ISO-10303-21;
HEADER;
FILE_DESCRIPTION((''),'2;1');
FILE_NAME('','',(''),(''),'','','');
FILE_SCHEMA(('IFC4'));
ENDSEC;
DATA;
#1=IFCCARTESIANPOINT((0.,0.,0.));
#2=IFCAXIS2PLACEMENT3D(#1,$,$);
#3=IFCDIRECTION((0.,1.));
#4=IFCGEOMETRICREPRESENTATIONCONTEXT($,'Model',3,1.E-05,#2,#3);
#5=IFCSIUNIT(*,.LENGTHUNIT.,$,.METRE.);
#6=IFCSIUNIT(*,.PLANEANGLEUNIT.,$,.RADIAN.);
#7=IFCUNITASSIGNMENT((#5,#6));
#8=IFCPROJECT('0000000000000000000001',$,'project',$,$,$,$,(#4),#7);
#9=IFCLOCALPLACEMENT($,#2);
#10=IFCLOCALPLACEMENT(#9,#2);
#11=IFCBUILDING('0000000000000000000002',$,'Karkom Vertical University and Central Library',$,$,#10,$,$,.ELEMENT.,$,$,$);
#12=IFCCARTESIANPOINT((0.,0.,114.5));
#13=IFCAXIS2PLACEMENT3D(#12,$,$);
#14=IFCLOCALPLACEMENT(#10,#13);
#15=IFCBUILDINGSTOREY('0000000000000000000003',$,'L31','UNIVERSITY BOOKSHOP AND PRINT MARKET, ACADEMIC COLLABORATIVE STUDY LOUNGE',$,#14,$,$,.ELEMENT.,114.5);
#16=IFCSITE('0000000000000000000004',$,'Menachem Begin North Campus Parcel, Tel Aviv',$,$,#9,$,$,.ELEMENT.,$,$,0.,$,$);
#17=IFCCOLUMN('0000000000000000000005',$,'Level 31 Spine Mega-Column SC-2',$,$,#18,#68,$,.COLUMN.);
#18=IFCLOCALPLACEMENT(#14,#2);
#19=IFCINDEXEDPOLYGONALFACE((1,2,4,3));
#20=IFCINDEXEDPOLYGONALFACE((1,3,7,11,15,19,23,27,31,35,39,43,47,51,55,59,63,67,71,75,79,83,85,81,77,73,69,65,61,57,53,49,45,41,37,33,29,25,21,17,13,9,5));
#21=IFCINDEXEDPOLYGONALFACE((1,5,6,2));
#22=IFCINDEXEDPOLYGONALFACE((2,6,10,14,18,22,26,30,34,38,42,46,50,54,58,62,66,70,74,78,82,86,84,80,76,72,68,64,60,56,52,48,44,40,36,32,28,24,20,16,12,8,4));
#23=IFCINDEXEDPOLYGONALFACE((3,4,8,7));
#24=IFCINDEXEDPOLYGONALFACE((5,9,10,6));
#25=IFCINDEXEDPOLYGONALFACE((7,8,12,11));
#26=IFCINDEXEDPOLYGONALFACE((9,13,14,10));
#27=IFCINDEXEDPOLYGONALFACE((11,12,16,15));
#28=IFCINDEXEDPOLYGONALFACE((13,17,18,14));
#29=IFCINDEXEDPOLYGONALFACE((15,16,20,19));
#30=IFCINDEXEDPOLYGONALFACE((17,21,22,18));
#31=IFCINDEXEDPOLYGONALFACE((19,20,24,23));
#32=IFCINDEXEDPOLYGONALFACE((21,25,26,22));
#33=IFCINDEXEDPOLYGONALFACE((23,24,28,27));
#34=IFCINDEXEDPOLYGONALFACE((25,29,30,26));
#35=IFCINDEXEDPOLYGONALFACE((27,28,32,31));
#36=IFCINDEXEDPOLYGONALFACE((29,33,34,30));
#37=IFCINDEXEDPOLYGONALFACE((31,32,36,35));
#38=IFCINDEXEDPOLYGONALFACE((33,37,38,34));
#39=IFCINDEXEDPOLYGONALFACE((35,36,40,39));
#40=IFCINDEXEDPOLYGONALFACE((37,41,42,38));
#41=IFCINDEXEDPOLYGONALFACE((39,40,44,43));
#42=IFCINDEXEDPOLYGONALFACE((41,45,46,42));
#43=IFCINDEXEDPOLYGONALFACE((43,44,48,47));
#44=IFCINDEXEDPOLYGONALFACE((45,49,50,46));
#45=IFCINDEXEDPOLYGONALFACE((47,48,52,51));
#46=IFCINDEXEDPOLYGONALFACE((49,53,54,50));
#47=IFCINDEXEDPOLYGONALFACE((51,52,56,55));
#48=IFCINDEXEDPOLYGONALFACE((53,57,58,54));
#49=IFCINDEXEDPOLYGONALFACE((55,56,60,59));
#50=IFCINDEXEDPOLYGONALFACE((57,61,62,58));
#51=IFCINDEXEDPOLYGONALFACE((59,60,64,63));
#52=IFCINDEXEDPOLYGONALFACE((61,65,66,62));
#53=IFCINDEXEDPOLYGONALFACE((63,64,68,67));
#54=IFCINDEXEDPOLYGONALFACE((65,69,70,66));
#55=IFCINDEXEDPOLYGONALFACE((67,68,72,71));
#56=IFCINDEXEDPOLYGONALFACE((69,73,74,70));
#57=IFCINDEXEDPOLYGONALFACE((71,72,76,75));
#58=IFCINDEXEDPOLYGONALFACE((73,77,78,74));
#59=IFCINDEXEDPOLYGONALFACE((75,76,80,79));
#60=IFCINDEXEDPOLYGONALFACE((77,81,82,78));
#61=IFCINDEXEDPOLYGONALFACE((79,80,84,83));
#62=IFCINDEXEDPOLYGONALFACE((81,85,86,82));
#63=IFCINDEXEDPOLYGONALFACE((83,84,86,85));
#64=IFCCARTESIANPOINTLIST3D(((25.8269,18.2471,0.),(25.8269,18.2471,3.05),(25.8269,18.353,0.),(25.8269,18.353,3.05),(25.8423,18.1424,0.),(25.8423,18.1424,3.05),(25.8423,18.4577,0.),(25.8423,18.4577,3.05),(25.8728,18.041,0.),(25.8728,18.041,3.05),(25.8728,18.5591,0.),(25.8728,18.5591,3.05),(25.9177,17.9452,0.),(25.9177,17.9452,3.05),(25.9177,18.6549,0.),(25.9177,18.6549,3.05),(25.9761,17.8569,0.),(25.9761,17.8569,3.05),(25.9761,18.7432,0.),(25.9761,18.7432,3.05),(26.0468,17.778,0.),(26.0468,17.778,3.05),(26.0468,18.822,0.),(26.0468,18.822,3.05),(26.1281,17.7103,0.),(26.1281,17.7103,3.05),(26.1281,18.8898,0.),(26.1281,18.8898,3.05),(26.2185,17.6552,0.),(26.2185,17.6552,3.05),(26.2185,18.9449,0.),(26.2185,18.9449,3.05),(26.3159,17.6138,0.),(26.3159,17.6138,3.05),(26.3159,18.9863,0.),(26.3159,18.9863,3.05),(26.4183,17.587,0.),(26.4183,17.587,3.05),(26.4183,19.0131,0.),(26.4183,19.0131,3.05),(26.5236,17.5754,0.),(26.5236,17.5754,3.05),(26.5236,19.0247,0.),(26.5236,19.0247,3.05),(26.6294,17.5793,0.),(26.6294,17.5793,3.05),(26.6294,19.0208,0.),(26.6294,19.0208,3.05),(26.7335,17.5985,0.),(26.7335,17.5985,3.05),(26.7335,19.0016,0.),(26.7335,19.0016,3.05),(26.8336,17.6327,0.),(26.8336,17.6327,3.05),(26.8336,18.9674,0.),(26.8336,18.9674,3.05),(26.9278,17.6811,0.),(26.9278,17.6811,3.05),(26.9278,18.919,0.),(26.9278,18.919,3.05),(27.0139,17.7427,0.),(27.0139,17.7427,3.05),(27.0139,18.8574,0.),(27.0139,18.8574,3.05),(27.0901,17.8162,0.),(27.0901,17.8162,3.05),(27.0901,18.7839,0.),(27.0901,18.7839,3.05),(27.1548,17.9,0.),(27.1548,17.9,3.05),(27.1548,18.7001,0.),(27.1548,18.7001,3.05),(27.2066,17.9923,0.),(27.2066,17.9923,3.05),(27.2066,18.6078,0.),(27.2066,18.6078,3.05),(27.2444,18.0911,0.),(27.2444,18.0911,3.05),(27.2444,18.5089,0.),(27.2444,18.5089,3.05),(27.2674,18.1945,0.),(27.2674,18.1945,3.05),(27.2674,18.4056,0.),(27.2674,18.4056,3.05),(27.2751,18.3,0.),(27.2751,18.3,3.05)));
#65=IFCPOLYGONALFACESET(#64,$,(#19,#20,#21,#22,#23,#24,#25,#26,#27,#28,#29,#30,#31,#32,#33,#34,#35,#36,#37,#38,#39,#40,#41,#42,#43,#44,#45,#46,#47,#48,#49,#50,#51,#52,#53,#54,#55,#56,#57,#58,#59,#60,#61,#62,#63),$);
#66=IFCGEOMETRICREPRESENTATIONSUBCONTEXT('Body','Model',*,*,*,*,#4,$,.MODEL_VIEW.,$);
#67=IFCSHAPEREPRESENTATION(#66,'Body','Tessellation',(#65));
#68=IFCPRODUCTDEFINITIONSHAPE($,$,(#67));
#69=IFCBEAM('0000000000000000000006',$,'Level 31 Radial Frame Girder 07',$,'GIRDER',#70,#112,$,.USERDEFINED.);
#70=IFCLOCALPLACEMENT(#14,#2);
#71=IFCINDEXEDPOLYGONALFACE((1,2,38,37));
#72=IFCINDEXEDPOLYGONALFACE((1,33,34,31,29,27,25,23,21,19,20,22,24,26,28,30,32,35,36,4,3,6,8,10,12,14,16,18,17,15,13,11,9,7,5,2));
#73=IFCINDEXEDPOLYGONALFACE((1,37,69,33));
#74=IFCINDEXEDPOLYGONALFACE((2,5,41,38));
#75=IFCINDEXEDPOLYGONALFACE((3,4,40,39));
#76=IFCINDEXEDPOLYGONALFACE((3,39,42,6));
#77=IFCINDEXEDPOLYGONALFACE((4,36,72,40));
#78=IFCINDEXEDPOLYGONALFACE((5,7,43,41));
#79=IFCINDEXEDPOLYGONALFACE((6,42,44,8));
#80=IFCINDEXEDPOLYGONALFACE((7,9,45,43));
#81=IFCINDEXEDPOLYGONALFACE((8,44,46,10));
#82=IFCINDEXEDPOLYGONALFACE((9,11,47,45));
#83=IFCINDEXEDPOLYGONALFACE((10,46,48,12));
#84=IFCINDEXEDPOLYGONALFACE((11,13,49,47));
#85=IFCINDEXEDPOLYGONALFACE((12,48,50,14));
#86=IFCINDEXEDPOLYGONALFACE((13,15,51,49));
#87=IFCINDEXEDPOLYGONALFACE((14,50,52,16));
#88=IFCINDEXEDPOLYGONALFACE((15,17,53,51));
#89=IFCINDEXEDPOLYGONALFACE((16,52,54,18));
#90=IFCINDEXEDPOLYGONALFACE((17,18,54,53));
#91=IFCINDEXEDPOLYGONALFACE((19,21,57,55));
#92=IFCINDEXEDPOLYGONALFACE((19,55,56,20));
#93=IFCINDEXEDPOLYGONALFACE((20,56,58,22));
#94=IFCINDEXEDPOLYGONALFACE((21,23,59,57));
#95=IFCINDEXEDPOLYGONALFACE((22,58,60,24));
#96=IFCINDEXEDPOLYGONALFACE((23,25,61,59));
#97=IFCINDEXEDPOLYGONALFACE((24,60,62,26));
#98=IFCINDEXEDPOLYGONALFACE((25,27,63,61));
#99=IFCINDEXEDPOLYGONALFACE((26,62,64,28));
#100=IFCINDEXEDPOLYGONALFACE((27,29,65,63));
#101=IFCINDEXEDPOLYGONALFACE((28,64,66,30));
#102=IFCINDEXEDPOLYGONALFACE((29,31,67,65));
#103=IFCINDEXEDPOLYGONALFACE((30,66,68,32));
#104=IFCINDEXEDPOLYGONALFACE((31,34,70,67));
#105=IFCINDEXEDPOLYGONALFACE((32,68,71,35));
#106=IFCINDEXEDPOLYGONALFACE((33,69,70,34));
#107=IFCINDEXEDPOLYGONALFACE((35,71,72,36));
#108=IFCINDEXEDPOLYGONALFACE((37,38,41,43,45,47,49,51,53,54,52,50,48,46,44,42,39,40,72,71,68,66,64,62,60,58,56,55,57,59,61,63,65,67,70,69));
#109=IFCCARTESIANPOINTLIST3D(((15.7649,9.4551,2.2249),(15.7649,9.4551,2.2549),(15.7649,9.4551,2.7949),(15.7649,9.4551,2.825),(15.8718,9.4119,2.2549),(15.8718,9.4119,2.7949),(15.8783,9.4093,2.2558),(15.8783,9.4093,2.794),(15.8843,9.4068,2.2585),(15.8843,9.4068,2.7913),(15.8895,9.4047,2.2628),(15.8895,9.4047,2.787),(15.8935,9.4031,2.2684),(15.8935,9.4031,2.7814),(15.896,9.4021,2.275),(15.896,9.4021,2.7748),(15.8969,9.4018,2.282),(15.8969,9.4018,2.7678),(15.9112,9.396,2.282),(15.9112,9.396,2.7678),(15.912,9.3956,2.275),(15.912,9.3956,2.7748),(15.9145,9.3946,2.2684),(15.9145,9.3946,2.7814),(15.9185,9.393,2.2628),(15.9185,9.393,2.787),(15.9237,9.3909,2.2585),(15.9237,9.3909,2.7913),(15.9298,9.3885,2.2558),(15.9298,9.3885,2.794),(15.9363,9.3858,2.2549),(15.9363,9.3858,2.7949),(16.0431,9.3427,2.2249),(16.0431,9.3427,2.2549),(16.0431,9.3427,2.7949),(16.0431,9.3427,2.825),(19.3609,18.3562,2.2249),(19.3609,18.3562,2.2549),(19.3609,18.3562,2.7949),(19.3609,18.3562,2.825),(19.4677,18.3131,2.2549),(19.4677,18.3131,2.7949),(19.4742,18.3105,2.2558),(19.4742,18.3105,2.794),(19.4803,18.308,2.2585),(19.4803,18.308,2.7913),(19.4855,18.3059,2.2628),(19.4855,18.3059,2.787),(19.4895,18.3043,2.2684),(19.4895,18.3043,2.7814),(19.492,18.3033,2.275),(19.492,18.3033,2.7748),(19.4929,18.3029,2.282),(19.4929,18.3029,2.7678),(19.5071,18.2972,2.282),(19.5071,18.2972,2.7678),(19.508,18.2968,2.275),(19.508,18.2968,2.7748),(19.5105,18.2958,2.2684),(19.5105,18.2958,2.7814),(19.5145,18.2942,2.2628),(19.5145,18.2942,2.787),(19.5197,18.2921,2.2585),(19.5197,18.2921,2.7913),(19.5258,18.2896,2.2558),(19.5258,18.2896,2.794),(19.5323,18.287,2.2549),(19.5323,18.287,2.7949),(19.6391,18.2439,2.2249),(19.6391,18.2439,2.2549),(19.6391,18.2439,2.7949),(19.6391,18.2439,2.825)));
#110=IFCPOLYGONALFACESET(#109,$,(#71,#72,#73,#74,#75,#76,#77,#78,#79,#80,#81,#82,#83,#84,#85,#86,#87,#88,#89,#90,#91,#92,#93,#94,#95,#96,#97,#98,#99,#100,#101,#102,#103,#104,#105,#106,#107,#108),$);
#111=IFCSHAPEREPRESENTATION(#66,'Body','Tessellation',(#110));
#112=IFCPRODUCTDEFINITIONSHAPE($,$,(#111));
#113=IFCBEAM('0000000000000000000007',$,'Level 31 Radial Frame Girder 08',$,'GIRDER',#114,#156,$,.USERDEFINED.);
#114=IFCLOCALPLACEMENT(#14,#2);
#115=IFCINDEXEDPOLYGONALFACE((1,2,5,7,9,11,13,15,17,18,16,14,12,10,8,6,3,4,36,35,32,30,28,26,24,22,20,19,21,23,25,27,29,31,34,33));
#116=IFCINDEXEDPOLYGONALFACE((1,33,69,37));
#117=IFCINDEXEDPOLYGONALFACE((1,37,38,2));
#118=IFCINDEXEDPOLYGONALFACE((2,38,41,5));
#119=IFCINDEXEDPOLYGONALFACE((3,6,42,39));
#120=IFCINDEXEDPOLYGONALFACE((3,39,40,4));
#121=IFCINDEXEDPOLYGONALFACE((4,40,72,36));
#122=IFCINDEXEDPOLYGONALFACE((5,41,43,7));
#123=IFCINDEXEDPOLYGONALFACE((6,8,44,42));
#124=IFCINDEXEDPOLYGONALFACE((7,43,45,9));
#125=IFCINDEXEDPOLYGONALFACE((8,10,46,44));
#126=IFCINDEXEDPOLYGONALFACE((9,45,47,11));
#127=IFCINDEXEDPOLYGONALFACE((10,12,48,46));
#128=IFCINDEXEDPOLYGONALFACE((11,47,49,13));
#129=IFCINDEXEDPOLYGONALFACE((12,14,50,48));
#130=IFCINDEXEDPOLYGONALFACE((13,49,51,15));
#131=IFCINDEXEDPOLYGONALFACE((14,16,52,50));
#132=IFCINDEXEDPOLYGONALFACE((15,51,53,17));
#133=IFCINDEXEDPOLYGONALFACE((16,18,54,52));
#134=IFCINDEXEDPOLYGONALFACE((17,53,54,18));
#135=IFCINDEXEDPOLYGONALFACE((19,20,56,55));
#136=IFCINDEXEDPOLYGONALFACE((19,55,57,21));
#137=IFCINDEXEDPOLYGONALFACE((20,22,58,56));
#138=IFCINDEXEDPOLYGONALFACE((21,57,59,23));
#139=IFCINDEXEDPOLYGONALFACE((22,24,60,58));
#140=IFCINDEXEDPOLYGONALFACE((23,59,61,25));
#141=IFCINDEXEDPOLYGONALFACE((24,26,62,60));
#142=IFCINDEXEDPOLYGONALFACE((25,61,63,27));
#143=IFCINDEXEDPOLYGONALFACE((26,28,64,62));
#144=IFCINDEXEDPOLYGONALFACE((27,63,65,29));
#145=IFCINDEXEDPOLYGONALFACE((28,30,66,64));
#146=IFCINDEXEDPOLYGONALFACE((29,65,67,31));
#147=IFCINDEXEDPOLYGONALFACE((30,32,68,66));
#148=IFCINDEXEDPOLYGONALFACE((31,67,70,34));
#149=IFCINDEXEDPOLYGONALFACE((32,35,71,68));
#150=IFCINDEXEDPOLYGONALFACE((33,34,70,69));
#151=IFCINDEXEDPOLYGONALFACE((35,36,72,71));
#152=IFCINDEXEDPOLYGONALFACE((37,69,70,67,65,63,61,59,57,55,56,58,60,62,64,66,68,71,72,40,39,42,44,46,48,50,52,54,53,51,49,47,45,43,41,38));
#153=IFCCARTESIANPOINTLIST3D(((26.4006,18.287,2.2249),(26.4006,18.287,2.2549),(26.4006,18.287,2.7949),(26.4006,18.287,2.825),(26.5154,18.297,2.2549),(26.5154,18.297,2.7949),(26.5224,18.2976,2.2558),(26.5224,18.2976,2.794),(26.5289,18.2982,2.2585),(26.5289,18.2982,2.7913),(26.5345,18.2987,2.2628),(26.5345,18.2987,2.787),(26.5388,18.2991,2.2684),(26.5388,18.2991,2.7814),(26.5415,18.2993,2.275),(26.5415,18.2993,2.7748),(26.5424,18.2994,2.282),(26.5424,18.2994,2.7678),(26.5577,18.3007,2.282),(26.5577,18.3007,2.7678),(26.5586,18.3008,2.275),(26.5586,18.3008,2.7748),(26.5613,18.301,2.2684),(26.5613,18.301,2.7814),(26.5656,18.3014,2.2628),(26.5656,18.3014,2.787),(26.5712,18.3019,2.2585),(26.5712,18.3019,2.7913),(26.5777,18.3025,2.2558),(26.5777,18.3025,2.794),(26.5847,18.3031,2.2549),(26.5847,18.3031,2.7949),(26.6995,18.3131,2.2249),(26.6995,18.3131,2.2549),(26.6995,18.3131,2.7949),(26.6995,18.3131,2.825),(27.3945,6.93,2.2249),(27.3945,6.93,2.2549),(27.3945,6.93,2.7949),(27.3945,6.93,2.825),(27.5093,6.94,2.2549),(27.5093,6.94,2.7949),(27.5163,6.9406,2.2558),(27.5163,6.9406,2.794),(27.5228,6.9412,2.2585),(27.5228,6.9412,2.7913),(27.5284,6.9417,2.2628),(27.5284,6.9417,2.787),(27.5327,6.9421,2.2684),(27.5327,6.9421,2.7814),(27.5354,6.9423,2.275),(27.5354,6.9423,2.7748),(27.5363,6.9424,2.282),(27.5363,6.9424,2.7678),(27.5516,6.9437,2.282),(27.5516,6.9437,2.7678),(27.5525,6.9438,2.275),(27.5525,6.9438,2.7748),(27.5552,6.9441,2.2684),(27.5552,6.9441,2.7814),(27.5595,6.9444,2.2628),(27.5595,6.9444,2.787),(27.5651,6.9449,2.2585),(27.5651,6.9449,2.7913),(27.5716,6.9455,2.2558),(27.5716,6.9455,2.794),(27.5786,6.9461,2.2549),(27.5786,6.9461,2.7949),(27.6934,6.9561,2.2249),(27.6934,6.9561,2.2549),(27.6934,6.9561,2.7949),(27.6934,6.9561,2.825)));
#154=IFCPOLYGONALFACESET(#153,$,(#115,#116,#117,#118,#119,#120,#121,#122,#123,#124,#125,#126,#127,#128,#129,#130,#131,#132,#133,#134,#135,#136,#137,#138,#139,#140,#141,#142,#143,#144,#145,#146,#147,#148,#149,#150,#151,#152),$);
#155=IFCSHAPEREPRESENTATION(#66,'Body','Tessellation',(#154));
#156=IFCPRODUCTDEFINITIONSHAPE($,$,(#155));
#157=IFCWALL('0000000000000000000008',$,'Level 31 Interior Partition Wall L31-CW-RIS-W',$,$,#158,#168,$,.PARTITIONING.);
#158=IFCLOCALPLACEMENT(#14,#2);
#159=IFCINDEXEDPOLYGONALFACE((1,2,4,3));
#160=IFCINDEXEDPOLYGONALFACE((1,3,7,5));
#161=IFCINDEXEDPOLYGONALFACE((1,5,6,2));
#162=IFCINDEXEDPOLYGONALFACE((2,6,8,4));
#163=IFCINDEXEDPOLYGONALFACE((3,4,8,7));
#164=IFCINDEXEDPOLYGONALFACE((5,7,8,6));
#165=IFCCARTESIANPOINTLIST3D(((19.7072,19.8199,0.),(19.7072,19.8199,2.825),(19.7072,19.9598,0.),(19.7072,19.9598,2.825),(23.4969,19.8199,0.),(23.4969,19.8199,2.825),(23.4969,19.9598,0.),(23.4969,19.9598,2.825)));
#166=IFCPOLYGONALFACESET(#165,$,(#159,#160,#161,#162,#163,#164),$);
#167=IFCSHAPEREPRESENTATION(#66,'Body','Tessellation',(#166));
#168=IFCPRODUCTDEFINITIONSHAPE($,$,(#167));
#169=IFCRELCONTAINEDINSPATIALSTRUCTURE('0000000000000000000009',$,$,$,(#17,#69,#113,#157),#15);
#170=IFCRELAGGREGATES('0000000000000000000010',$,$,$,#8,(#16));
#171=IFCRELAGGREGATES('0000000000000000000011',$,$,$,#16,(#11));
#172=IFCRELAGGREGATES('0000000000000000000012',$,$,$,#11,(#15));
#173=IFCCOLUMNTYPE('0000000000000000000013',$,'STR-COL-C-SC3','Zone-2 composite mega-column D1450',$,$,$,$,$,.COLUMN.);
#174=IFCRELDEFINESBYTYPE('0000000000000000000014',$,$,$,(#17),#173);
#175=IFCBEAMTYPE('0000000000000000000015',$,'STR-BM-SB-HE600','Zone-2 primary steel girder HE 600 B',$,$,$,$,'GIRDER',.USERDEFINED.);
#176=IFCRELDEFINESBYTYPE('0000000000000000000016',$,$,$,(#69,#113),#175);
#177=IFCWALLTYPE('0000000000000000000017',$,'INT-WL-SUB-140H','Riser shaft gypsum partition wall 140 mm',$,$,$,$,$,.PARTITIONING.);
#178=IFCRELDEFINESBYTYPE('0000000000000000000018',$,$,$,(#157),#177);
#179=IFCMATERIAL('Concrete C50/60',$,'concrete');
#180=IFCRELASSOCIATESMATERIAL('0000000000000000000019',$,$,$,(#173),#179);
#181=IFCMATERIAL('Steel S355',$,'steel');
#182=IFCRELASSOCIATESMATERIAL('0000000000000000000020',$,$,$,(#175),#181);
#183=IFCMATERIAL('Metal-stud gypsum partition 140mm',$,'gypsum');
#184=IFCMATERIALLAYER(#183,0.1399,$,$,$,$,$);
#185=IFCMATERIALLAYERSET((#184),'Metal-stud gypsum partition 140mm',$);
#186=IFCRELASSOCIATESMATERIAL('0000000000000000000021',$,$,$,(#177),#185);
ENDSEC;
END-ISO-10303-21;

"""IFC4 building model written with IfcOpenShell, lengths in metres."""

from ifc_helpers import new_model, si_unit, direction, frame, frame_2d, origin, origin_with_axes, origin_2d, place, context, subcontext, project, spatial, rectangle, circle, i_section, extrude, source, transform, mapped, material, layer, layer_set, material_profile, profile_set, type_object, element, save


model = new_model("IFC4")

# Units and contexts
model_context = context("Model", 3, precision=1e-05, world=origin(), true_north=direction((0.0, 1.0)))
body_context = subcontext(model_context, "Body", "Model", "MODEL_VIEW")
ifc_project = project(units=[si_unit("LENGTHUNIT", "METRE"), si_unit("PLANEANGLEUNIT", "RADIAN")], contexts=[model_context])

# Site, building, storey
site_placement = place(None, origin())
site = spatial("IfcSite", under=ifc_project, at=site_placement, Name="Menachem Begin North Campus Parcel, Tel Aviv", CompositionType="ELEMENT", RefElevation=0.0)
building_placement = place(site_placement, origin())
building = spatial("IfcBuilding", under=site, at=building_placement, Name="Karkom Vertical University and Central Library", CompositionType="ELEMENT")
storey_placement = place(building_placement, frame((0.0, 0.0, 114.5)))
storey = spatial("IfcBuildingStorey", under=building, at=storey_placement, Name="L31", Description="UNIVERSITY BOOKSHOP AND PRINT MARKET, ACADEMIC COLLABORATIVE STUDY LOUNGE", CompositionType="ELEMENT", Elevation=114.5)

# Column
ifc_material_1 = material(Name="Concrete C50/60", Category="concrete")
ifc_material_profile_1 = material_profile(ifc_material_1, circle(Radius=0.7251, at=origin_2d()), Name="CFT-D1450")
ifc_profile_set_1 = profile_set([ifc_material_profile_1], Name="Concrete C50/60")
column_type = type_object("IfcColumnType", Name="STR-COL-C-SC3", Description="Zone-2 composite mega-column D1450", PredefinedType="COLUMN", material=ifc_profile_set_1)
shared_shape_1 = source(origin_with_axes(), body_context, "Body", "SweptSolid", [
    extrude(circle(Radius=0.7251, at=origin_2d()), origin(), (0.0, 0.0, 1.0), 3.05),
])
column_placement = place(storey_placement, frame((26.55, 18.3, 0.0), z_axis=(0.0, 0.0, 1.0), x_axis=(1.0, 0.0, 0.0)))
element("IfcColumn", 1, at=column_placement, inside=storey, type_object=column_type, Name="Level 31 Spine Mega-Column SC-2", PredefinedType="COLUMN", context=body_context, shape_type="MappedRepresentation", body=[
    mapped(shared_shape_1, transform((0.0, 0.0, 0.0), scale=1.0)),
])

# Beams
ifc_material_2 = material(Name="Steel S355", Category="steel")
ifc_material_profile_2 = material_profile(ifc_material_2, i_section(OverallWidth=0.3, OverallDepth=0.6001, WebThickness=0.0154, FlangeThickness=0.03, FilletRadius=0.0271, at=origin_2d()), Name="HE 600 B")
ifc_profile_set_2 = profile_set([ifc_material_profile_2], Name="Steel S355")
beam_type = type_object("IfcBeamType", Name="STR-BM-SB-HE600", Description="Zone-2 primary steel girder HE 600 B", ElementType="GIRDER", PredefinedType="USERDEFINED", material=ifc_profile_set_2)
shared_shape_2 = source(origin_with_axes(), body_context, "Body", "SweptSolid", [
    extrude(i_section(OverallWidth=0.3, OverallDepth=0.6001, WebThickness=0.0154, FlangeThickness=0.03, FilletRadius=0.0271, at=origin_2d()), origin(), (0.0, 0.0, 1.0), 9.6001),
])
beam_1_placement = place(storey_placement, frame((19.5, 18.3, 2.5249), z_axis=(-0.374576, -0.927196, 0.0), x_axis=(0.927196, -0.374576, 0.0)))
element("IfcBeam", 2, at=beam_1_placement, inside=storey, type_object=beam_type, Name="Level 31 Radial Frame Girder 07", ObjectType="GIRDER", PredefinedType="USERDEFINED", context=body_context, shape_type="MappedRepresentation", body=[
    mapped(shared_shape_2, transform((0.0, 0.0, 0.0), scale=1.0)),
])
shared_shape_3 = source(origin_with_axes(), body_context, "Body", "SweptSolid", [
    extrude(i_section(OverallWidth=0.3, OverallDepth=0.6001, WebThickness=0.0154, FlangeThickness=0.03, FilletRadius=0.0271, at=origin_2d()), origin(), (0.0, 0.0, 1.0), 11.4004),
])
beam_2_placement = place(storey_placement, frame((26.55, 18.3, 2.5249), z_axis=(0.087181, -0.996192, 0.0), x_axis=(0.996192, 0.087181, 0.0)))
element("IfcBeam", 3, at=beam_2_placement, inside=storey, type_object=beam_type, Name="Level 31 Radial Frame Girder 08", ObjectType="GIRDER", PredefinedType="USERDEFINED", context=body_context, shape_type="MappedRepresentation", body=[
    mapped(shared_shape_3, transform((0.0, 0.0, 0.0), scale=1.0)),
])

# Wall
ifc_material_3 = material(Name="Metal-stud gypsum partition 140mm", Category="gypsum")
ifc_layer_1 = layer(ifc_material_3, 0.1399)
ifc_layer_set_1 = layer_set([ifc_layer_1], Name="Metal-stud gypsum partition 140mm")
wall_type_1 = type_object("IfcWallType", Name="INT-WL-SUB-140H", Description="Riser shaft gypsum partition wall 140 mm", PredefinedType="PARTITIONING", material=ifc_layer_set_1)
wall_1_placement = place(storey_placement, frame((19.707, 19.8899, 0.0), z_axis=(0.0, 0.0, 1.0), x_axis=(1.0, 0.0, 0.0)))
element("IfcWall", 4, at=wall_1_placement, inside=storey, type_object=wall_type_1, Name="Level 31 Interior Partition Wall L31-CW-RIS-W", PredefinedType="PARTITIONING", context=body_context, shape_type="SweptSolid", body=[
    extrude(rectangle(XDim=3.7898, YDim=0.1399, at=frame_2d((1.895, 0.0))), origin(), (0.0, 0.0, 1.0), 2.825),
])

save(model, "model.ifc")
